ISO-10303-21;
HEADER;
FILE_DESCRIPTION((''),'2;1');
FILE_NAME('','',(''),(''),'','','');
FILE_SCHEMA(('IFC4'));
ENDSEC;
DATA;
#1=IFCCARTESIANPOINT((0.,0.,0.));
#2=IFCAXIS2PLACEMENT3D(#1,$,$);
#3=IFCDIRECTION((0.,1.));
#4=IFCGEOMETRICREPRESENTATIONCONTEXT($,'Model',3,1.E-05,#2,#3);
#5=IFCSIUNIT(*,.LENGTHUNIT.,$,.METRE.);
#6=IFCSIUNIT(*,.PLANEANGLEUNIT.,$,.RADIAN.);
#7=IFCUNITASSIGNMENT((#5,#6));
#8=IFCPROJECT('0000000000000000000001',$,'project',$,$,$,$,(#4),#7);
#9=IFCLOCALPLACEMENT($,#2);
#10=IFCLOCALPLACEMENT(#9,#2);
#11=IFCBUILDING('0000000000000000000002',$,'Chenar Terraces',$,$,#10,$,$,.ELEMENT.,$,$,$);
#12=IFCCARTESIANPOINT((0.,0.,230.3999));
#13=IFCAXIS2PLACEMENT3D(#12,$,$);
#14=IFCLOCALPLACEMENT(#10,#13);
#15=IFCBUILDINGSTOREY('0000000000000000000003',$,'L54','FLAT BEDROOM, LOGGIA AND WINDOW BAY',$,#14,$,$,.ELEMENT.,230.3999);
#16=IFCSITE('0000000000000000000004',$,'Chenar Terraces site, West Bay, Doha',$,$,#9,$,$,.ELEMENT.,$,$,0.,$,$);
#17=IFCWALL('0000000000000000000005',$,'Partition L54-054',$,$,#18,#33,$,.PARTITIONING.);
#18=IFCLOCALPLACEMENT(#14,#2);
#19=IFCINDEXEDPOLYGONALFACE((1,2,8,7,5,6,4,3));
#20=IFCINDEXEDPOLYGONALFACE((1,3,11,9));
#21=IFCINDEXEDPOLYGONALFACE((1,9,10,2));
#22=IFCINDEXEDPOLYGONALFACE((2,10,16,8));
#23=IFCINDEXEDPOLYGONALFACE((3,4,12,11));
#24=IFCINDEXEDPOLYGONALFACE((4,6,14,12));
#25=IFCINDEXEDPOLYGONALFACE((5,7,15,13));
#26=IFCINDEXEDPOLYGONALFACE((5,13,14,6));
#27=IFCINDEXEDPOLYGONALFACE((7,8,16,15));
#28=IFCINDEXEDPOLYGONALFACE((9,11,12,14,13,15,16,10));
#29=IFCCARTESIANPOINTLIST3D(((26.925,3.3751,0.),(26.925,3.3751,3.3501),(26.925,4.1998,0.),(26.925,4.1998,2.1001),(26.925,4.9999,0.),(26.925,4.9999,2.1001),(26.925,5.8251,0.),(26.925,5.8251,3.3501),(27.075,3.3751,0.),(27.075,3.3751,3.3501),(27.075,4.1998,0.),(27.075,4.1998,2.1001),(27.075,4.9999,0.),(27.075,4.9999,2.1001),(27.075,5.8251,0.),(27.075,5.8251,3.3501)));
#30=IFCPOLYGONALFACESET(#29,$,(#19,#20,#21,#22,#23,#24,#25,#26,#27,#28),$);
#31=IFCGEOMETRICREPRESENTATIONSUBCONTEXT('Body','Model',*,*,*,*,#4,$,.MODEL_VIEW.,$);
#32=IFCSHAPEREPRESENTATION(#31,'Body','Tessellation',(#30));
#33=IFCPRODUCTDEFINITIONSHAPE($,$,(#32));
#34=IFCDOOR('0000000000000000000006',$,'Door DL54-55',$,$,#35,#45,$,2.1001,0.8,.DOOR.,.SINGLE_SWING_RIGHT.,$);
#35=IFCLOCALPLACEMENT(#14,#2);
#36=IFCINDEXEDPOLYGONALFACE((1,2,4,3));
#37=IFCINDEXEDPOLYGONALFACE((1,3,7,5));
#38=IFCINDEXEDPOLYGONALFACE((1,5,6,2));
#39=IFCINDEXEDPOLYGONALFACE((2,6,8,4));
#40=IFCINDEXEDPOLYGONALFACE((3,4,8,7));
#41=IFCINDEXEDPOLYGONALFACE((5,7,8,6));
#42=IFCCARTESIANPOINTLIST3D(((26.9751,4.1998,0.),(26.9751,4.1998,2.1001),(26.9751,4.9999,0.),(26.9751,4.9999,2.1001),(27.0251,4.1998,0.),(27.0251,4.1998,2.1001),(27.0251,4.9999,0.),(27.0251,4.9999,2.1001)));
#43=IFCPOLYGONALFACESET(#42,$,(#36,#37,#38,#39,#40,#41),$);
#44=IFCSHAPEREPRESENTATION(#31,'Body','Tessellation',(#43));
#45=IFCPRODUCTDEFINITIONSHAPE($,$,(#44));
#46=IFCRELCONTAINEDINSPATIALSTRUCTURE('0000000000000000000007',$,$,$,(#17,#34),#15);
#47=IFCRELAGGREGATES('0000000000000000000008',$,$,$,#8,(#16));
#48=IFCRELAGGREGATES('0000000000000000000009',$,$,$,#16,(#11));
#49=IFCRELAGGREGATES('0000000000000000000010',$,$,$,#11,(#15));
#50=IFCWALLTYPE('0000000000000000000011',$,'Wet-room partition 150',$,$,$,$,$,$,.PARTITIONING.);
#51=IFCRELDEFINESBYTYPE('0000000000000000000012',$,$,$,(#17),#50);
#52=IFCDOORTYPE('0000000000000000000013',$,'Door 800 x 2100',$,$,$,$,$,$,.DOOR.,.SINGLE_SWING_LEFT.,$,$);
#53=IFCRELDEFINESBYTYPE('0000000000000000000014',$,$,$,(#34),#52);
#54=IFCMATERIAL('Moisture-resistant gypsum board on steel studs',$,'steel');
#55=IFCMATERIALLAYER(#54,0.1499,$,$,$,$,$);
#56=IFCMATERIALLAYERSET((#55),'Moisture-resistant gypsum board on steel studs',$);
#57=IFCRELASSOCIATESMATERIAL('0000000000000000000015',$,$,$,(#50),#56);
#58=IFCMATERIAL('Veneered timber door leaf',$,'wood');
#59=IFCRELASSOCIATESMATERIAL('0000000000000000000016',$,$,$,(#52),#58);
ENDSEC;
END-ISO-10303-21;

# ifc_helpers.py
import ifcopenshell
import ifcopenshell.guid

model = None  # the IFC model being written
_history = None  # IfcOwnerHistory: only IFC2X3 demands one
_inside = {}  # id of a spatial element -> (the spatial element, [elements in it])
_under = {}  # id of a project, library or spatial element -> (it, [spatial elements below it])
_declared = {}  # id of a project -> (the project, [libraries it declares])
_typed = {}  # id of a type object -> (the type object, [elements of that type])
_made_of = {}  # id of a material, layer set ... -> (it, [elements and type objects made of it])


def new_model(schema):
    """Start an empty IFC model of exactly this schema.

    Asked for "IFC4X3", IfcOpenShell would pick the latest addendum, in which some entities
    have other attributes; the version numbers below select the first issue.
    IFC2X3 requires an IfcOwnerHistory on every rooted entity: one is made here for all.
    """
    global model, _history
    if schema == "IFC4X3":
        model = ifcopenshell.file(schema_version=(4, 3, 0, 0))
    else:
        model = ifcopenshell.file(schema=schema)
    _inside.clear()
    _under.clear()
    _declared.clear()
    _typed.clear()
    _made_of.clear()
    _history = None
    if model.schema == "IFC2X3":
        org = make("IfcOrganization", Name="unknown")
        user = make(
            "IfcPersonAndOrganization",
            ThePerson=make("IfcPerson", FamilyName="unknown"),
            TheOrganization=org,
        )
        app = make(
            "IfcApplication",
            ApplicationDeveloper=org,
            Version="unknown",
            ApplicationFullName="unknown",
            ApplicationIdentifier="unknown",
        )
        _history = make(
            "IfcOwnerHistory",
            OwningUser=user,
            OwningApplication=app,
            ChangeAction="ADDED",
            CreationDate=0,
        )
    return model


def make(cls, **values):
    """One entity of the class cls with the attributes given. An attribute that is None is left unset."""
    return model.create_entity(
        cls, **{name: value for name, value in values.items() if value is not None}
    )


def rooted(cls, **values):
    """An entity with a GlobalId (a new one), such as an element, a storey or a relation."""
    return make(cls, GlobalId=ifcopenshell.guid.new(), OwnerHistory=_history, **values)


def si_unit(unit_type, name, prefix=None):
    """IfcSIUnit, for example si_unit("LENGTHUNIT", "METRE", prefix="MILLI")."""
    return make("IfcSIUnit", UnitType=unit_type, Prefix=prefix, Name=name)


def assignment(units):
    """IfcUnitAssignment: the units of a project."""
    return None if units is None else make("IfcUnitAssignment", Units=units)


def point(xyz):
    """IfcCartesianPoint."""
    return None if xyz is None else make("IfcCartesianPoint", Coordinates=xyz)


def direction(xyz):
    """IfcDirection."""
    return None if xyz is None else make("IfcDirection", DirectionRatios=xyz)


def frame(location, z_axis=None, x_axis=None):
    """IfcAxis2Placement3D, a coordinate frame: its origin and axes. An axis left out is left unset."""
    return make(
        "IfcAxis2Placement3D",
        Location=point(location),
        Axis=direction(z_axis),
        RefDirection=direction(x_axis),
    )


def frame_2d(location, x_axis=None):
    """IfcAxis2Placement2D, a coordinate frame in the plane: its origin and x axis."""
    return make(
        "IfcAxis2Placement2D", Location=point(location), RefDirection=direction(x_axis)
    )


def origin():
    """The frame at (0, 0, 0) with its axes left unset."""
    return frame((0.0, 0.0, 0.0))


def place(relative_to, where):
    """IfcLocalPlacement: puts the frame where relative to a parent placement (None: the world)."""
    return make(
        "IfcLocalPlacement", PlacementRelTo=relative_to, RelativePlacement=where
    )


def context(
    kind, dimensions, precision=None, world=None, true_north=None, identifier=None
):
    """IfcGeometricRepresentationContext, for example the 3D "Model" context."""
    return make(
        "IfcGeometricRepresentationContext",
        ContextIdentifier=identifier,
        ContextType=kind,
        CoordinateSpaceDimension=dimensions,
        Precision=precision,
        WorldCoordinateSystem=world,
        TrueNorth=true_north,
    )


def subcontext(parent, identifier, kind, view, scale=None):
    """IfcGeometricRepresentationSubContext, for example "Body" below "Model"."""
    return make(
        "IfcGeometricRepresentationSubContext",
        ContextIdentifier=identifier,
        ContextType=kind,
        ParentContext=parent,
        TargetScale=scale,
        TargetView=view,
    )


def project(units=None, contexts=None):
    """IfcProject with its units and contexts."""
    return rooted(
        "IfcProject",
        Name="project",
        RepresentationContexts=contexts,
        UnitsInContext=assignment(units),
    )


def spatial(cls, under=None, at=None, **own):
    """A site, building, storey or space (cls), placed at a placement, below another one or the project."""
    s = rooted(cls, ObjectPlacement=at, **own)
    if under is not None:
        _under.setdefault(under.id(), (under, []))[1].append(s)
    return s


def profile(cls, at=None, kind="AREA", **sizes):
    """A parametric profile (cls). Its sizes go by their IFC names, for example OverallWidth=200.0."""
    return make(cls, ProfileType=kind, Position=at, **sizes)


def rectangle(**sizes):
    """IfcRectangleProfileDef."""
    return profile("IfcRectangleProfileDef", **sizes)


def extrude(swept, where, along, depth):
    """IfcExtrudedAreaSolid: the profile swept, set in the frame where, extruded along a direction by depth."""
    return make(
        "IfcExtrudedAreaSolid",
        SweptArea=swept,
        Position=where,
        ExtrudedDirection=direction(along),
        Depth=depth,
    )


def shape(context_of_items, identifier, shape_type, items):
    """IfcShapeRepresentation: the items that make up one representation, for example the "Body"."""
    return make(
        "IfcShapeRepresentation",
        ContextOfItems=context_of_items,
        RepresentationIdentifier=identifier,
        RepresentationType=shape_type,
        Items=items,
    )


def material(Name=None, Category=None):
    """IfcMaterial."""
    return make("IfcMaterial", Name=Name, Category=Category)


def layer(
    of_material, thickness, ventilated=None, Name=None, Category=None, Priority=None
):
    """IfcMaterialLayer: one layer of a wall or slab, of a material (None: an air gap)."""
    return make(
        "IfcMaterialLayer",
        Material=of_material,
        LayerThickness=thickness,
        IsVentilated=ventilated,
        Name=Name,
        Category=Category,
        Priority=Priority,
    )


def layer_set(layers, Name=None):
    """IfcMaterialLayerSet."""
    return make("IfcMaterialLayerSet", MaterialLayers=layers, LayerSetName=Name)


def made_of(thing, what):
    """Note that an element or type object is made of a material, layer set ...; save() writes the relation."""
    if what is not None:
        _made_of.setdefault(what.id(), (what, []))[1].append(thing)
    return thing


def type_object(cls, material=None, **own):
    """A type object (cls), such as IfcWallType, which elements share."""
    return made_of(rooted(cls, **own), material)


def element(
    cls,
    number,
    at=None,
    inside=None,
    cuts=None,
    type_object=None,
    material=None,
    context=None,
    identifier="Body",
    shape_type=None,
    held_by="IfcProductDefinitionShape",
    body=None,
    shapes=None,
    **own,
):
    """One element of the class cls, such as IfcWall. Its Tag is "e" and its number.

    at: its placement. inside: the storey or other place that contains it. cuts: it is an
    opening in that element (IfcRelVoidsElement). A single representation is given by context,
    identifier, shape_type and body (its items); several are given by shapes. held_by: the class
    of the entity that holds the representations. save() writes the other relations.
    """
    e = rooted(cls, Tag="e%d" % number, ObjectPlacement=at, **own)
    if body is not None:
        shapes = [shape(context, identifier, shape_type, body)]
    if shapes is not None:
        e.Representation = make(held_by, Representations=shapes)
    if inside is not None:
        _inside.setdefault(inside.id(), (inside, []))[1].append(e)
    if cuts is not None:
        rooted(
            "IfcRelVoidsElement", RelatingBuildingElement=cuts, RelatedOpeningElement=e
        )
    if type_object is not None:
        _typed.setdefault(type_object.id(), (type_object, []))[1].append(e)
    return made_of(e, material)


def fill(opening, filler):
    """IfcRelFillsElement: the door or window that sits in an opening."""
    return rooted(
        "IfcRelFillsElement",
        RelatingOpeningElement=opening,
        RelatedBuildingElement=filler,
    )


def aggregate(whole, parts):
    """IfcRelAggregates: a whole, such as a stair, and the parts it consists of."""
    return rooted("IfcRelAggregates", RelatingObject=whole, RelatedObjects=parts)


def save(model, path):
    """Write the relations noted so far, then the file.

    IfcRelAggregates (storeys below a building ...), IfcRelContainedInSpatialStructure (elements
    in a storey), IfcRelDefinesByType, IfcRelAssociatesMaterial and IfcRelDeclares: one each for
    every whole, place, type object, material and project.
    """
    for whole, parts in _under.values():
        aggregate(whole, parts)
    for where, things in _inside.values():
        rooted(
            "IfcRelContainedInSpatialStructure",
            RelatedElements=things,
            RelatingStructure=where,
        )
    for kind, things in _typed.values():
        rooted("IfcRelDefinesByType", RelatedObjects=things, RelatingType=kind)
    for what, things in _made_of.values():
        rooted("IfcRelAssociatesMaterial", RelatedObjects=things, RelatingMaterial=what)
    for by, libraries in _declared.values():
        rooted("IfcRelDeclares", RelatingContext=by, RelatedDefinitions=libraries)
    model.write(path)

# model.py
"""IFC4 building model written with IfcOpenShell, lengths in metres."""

from ifc_helpers import new_model, si_unit, direction, frame, frame_2d, origin, place, context, subcontext, project, spatial, rectangle, extrude, material, layer, layer_set, type_object, element, fill, save


model = new_model("IFC4")

# Units and contexts
model_context = context("Model", 3, precision=1e-05, world=origin(), true_north=direction((0.0, 1.0)))
body_context = subcontext(model_context, "Body", "Model", "MODEL_VIEW")
ifc_project = project(units=[si_unit("LENGTHUNIT", "METRE"), si_unit("PLANEANGLEUNIT", "RADIAN")], contexts=[model_context])

# Site, building, storey
site_placement = place(None, origin())
site = spatial("IfcSite", under=ifc_project, at=site_placement, Name="Chenar Terraces site, West Bay, Doha", CompositionType="ELEMENT", RefElevation=0.0)
building_placement = place(site_placement, origin())
building = spatial("IfcBuilding", under=site, at=building_placement, Name="Chenar Terraces", CompositionType="ELEMENT")
storey_placement = place(building_placement, frame((0.0, 0.0, 230.3999)))
storey = spatial("IfcBuildingStorey", under=building, at=storey_placement, Name="L54", Description="FLAT BEDROOM, LOGGIA AND WINDOW BAY", CompositionType="ELEMENT", Elevation=230.3999)

# Shared definitions
ifc_material_1 = material(Name="Moisture-resistant gypsum board on steel studs", Category="steel")
ifc_layer_1 = layer(ifc_material_1, 0.1499)
ifc_layer_set_1 = layer_set([ifc_layer_1], Name="Moisture-resistant gypsum board on steel studs")
wall_type_1 = type_object("IfcWallType", Name="Wet-room partition 150", PredefinedType="PARTITIONING", material=ifc_layer_set_1)

# Wall, opening, door
wall_1_placement = place(storey_placement, frame((27.0, 3.375, 0.0), z_axis=(0.0, 0.0, 1.0), x_axis=(0.0, 1.0, 0.0)))
wall_1 = element("IfcWall", 1, at=wall_1_placement, inside=storey, type_object=wall_type_1, Name="Partition L54-054", PredefinedType="PARTITIONING", context=body_context, shape_type="SweptSolid", body=[
    extrude(rectangle(XDim=2.45, YDim=0.1499, at=frame_2d((1.2251, 0.0))), origin(), (0.0, 0.0, 1.0), 3.3501),
])
opening_1_placement = place(wall_1_placement, frame((0.825, 0.0, 0.0)))
opening_1 = element("IfcOpeningElement", 2, at=opening_1_placement, cuts=wall_1, PredefinedType="OPENING", context=body_context, shape_type="SweptSolid", body=[
    extrude(rectangle(XDim=0.8, YDim=2.1001, at=frame_2d((0.3999, 1.05))), frame((0.0, 0.085, 0.0), z_axis=(0.0, -1.0, 0.0), x_axis=(1.0, 0.0, 0.0)), (0.0, 0.0, 1.0), 0.1699),
])
ifc_material_2 = material(Name="Veneered timber door leaf", Category="wood")
door_type_1 = type_object("IfcDoorType", Name="Door 800 x 2100", OperationType="SINGLE_SWING_LEFT", PredefinedType="DOOR", material=ifc_material_2)
door_1_placement = place(opening_1_placement, origin())
door_1 = element("IfcDoor", 3, at=door_1_placement, inside=storey, type_object=door_type_1, Name="Door DL54-55", OperationType="SINGLE_SWING_RIGHT", OverallHeight=2.1001, OverallWidth=0.8, PredefinedType="DOOR", context=body_context, shape_type="SweptSolid", body=[
    extrude(rectangle(XDim=0.8, YDim=2.1001, at=frame_2d((0.3999, 1.05))), frame((0.0, 0.0249, 0.0), z_axis=(0.0, -1.0, 0.0), x_axis=(1.0, 0.0, 0.0)), (0.0, 0.0, 1.0), 0.05),
])
fill(opening_1, door_1)

save(model, "model.ifc")
